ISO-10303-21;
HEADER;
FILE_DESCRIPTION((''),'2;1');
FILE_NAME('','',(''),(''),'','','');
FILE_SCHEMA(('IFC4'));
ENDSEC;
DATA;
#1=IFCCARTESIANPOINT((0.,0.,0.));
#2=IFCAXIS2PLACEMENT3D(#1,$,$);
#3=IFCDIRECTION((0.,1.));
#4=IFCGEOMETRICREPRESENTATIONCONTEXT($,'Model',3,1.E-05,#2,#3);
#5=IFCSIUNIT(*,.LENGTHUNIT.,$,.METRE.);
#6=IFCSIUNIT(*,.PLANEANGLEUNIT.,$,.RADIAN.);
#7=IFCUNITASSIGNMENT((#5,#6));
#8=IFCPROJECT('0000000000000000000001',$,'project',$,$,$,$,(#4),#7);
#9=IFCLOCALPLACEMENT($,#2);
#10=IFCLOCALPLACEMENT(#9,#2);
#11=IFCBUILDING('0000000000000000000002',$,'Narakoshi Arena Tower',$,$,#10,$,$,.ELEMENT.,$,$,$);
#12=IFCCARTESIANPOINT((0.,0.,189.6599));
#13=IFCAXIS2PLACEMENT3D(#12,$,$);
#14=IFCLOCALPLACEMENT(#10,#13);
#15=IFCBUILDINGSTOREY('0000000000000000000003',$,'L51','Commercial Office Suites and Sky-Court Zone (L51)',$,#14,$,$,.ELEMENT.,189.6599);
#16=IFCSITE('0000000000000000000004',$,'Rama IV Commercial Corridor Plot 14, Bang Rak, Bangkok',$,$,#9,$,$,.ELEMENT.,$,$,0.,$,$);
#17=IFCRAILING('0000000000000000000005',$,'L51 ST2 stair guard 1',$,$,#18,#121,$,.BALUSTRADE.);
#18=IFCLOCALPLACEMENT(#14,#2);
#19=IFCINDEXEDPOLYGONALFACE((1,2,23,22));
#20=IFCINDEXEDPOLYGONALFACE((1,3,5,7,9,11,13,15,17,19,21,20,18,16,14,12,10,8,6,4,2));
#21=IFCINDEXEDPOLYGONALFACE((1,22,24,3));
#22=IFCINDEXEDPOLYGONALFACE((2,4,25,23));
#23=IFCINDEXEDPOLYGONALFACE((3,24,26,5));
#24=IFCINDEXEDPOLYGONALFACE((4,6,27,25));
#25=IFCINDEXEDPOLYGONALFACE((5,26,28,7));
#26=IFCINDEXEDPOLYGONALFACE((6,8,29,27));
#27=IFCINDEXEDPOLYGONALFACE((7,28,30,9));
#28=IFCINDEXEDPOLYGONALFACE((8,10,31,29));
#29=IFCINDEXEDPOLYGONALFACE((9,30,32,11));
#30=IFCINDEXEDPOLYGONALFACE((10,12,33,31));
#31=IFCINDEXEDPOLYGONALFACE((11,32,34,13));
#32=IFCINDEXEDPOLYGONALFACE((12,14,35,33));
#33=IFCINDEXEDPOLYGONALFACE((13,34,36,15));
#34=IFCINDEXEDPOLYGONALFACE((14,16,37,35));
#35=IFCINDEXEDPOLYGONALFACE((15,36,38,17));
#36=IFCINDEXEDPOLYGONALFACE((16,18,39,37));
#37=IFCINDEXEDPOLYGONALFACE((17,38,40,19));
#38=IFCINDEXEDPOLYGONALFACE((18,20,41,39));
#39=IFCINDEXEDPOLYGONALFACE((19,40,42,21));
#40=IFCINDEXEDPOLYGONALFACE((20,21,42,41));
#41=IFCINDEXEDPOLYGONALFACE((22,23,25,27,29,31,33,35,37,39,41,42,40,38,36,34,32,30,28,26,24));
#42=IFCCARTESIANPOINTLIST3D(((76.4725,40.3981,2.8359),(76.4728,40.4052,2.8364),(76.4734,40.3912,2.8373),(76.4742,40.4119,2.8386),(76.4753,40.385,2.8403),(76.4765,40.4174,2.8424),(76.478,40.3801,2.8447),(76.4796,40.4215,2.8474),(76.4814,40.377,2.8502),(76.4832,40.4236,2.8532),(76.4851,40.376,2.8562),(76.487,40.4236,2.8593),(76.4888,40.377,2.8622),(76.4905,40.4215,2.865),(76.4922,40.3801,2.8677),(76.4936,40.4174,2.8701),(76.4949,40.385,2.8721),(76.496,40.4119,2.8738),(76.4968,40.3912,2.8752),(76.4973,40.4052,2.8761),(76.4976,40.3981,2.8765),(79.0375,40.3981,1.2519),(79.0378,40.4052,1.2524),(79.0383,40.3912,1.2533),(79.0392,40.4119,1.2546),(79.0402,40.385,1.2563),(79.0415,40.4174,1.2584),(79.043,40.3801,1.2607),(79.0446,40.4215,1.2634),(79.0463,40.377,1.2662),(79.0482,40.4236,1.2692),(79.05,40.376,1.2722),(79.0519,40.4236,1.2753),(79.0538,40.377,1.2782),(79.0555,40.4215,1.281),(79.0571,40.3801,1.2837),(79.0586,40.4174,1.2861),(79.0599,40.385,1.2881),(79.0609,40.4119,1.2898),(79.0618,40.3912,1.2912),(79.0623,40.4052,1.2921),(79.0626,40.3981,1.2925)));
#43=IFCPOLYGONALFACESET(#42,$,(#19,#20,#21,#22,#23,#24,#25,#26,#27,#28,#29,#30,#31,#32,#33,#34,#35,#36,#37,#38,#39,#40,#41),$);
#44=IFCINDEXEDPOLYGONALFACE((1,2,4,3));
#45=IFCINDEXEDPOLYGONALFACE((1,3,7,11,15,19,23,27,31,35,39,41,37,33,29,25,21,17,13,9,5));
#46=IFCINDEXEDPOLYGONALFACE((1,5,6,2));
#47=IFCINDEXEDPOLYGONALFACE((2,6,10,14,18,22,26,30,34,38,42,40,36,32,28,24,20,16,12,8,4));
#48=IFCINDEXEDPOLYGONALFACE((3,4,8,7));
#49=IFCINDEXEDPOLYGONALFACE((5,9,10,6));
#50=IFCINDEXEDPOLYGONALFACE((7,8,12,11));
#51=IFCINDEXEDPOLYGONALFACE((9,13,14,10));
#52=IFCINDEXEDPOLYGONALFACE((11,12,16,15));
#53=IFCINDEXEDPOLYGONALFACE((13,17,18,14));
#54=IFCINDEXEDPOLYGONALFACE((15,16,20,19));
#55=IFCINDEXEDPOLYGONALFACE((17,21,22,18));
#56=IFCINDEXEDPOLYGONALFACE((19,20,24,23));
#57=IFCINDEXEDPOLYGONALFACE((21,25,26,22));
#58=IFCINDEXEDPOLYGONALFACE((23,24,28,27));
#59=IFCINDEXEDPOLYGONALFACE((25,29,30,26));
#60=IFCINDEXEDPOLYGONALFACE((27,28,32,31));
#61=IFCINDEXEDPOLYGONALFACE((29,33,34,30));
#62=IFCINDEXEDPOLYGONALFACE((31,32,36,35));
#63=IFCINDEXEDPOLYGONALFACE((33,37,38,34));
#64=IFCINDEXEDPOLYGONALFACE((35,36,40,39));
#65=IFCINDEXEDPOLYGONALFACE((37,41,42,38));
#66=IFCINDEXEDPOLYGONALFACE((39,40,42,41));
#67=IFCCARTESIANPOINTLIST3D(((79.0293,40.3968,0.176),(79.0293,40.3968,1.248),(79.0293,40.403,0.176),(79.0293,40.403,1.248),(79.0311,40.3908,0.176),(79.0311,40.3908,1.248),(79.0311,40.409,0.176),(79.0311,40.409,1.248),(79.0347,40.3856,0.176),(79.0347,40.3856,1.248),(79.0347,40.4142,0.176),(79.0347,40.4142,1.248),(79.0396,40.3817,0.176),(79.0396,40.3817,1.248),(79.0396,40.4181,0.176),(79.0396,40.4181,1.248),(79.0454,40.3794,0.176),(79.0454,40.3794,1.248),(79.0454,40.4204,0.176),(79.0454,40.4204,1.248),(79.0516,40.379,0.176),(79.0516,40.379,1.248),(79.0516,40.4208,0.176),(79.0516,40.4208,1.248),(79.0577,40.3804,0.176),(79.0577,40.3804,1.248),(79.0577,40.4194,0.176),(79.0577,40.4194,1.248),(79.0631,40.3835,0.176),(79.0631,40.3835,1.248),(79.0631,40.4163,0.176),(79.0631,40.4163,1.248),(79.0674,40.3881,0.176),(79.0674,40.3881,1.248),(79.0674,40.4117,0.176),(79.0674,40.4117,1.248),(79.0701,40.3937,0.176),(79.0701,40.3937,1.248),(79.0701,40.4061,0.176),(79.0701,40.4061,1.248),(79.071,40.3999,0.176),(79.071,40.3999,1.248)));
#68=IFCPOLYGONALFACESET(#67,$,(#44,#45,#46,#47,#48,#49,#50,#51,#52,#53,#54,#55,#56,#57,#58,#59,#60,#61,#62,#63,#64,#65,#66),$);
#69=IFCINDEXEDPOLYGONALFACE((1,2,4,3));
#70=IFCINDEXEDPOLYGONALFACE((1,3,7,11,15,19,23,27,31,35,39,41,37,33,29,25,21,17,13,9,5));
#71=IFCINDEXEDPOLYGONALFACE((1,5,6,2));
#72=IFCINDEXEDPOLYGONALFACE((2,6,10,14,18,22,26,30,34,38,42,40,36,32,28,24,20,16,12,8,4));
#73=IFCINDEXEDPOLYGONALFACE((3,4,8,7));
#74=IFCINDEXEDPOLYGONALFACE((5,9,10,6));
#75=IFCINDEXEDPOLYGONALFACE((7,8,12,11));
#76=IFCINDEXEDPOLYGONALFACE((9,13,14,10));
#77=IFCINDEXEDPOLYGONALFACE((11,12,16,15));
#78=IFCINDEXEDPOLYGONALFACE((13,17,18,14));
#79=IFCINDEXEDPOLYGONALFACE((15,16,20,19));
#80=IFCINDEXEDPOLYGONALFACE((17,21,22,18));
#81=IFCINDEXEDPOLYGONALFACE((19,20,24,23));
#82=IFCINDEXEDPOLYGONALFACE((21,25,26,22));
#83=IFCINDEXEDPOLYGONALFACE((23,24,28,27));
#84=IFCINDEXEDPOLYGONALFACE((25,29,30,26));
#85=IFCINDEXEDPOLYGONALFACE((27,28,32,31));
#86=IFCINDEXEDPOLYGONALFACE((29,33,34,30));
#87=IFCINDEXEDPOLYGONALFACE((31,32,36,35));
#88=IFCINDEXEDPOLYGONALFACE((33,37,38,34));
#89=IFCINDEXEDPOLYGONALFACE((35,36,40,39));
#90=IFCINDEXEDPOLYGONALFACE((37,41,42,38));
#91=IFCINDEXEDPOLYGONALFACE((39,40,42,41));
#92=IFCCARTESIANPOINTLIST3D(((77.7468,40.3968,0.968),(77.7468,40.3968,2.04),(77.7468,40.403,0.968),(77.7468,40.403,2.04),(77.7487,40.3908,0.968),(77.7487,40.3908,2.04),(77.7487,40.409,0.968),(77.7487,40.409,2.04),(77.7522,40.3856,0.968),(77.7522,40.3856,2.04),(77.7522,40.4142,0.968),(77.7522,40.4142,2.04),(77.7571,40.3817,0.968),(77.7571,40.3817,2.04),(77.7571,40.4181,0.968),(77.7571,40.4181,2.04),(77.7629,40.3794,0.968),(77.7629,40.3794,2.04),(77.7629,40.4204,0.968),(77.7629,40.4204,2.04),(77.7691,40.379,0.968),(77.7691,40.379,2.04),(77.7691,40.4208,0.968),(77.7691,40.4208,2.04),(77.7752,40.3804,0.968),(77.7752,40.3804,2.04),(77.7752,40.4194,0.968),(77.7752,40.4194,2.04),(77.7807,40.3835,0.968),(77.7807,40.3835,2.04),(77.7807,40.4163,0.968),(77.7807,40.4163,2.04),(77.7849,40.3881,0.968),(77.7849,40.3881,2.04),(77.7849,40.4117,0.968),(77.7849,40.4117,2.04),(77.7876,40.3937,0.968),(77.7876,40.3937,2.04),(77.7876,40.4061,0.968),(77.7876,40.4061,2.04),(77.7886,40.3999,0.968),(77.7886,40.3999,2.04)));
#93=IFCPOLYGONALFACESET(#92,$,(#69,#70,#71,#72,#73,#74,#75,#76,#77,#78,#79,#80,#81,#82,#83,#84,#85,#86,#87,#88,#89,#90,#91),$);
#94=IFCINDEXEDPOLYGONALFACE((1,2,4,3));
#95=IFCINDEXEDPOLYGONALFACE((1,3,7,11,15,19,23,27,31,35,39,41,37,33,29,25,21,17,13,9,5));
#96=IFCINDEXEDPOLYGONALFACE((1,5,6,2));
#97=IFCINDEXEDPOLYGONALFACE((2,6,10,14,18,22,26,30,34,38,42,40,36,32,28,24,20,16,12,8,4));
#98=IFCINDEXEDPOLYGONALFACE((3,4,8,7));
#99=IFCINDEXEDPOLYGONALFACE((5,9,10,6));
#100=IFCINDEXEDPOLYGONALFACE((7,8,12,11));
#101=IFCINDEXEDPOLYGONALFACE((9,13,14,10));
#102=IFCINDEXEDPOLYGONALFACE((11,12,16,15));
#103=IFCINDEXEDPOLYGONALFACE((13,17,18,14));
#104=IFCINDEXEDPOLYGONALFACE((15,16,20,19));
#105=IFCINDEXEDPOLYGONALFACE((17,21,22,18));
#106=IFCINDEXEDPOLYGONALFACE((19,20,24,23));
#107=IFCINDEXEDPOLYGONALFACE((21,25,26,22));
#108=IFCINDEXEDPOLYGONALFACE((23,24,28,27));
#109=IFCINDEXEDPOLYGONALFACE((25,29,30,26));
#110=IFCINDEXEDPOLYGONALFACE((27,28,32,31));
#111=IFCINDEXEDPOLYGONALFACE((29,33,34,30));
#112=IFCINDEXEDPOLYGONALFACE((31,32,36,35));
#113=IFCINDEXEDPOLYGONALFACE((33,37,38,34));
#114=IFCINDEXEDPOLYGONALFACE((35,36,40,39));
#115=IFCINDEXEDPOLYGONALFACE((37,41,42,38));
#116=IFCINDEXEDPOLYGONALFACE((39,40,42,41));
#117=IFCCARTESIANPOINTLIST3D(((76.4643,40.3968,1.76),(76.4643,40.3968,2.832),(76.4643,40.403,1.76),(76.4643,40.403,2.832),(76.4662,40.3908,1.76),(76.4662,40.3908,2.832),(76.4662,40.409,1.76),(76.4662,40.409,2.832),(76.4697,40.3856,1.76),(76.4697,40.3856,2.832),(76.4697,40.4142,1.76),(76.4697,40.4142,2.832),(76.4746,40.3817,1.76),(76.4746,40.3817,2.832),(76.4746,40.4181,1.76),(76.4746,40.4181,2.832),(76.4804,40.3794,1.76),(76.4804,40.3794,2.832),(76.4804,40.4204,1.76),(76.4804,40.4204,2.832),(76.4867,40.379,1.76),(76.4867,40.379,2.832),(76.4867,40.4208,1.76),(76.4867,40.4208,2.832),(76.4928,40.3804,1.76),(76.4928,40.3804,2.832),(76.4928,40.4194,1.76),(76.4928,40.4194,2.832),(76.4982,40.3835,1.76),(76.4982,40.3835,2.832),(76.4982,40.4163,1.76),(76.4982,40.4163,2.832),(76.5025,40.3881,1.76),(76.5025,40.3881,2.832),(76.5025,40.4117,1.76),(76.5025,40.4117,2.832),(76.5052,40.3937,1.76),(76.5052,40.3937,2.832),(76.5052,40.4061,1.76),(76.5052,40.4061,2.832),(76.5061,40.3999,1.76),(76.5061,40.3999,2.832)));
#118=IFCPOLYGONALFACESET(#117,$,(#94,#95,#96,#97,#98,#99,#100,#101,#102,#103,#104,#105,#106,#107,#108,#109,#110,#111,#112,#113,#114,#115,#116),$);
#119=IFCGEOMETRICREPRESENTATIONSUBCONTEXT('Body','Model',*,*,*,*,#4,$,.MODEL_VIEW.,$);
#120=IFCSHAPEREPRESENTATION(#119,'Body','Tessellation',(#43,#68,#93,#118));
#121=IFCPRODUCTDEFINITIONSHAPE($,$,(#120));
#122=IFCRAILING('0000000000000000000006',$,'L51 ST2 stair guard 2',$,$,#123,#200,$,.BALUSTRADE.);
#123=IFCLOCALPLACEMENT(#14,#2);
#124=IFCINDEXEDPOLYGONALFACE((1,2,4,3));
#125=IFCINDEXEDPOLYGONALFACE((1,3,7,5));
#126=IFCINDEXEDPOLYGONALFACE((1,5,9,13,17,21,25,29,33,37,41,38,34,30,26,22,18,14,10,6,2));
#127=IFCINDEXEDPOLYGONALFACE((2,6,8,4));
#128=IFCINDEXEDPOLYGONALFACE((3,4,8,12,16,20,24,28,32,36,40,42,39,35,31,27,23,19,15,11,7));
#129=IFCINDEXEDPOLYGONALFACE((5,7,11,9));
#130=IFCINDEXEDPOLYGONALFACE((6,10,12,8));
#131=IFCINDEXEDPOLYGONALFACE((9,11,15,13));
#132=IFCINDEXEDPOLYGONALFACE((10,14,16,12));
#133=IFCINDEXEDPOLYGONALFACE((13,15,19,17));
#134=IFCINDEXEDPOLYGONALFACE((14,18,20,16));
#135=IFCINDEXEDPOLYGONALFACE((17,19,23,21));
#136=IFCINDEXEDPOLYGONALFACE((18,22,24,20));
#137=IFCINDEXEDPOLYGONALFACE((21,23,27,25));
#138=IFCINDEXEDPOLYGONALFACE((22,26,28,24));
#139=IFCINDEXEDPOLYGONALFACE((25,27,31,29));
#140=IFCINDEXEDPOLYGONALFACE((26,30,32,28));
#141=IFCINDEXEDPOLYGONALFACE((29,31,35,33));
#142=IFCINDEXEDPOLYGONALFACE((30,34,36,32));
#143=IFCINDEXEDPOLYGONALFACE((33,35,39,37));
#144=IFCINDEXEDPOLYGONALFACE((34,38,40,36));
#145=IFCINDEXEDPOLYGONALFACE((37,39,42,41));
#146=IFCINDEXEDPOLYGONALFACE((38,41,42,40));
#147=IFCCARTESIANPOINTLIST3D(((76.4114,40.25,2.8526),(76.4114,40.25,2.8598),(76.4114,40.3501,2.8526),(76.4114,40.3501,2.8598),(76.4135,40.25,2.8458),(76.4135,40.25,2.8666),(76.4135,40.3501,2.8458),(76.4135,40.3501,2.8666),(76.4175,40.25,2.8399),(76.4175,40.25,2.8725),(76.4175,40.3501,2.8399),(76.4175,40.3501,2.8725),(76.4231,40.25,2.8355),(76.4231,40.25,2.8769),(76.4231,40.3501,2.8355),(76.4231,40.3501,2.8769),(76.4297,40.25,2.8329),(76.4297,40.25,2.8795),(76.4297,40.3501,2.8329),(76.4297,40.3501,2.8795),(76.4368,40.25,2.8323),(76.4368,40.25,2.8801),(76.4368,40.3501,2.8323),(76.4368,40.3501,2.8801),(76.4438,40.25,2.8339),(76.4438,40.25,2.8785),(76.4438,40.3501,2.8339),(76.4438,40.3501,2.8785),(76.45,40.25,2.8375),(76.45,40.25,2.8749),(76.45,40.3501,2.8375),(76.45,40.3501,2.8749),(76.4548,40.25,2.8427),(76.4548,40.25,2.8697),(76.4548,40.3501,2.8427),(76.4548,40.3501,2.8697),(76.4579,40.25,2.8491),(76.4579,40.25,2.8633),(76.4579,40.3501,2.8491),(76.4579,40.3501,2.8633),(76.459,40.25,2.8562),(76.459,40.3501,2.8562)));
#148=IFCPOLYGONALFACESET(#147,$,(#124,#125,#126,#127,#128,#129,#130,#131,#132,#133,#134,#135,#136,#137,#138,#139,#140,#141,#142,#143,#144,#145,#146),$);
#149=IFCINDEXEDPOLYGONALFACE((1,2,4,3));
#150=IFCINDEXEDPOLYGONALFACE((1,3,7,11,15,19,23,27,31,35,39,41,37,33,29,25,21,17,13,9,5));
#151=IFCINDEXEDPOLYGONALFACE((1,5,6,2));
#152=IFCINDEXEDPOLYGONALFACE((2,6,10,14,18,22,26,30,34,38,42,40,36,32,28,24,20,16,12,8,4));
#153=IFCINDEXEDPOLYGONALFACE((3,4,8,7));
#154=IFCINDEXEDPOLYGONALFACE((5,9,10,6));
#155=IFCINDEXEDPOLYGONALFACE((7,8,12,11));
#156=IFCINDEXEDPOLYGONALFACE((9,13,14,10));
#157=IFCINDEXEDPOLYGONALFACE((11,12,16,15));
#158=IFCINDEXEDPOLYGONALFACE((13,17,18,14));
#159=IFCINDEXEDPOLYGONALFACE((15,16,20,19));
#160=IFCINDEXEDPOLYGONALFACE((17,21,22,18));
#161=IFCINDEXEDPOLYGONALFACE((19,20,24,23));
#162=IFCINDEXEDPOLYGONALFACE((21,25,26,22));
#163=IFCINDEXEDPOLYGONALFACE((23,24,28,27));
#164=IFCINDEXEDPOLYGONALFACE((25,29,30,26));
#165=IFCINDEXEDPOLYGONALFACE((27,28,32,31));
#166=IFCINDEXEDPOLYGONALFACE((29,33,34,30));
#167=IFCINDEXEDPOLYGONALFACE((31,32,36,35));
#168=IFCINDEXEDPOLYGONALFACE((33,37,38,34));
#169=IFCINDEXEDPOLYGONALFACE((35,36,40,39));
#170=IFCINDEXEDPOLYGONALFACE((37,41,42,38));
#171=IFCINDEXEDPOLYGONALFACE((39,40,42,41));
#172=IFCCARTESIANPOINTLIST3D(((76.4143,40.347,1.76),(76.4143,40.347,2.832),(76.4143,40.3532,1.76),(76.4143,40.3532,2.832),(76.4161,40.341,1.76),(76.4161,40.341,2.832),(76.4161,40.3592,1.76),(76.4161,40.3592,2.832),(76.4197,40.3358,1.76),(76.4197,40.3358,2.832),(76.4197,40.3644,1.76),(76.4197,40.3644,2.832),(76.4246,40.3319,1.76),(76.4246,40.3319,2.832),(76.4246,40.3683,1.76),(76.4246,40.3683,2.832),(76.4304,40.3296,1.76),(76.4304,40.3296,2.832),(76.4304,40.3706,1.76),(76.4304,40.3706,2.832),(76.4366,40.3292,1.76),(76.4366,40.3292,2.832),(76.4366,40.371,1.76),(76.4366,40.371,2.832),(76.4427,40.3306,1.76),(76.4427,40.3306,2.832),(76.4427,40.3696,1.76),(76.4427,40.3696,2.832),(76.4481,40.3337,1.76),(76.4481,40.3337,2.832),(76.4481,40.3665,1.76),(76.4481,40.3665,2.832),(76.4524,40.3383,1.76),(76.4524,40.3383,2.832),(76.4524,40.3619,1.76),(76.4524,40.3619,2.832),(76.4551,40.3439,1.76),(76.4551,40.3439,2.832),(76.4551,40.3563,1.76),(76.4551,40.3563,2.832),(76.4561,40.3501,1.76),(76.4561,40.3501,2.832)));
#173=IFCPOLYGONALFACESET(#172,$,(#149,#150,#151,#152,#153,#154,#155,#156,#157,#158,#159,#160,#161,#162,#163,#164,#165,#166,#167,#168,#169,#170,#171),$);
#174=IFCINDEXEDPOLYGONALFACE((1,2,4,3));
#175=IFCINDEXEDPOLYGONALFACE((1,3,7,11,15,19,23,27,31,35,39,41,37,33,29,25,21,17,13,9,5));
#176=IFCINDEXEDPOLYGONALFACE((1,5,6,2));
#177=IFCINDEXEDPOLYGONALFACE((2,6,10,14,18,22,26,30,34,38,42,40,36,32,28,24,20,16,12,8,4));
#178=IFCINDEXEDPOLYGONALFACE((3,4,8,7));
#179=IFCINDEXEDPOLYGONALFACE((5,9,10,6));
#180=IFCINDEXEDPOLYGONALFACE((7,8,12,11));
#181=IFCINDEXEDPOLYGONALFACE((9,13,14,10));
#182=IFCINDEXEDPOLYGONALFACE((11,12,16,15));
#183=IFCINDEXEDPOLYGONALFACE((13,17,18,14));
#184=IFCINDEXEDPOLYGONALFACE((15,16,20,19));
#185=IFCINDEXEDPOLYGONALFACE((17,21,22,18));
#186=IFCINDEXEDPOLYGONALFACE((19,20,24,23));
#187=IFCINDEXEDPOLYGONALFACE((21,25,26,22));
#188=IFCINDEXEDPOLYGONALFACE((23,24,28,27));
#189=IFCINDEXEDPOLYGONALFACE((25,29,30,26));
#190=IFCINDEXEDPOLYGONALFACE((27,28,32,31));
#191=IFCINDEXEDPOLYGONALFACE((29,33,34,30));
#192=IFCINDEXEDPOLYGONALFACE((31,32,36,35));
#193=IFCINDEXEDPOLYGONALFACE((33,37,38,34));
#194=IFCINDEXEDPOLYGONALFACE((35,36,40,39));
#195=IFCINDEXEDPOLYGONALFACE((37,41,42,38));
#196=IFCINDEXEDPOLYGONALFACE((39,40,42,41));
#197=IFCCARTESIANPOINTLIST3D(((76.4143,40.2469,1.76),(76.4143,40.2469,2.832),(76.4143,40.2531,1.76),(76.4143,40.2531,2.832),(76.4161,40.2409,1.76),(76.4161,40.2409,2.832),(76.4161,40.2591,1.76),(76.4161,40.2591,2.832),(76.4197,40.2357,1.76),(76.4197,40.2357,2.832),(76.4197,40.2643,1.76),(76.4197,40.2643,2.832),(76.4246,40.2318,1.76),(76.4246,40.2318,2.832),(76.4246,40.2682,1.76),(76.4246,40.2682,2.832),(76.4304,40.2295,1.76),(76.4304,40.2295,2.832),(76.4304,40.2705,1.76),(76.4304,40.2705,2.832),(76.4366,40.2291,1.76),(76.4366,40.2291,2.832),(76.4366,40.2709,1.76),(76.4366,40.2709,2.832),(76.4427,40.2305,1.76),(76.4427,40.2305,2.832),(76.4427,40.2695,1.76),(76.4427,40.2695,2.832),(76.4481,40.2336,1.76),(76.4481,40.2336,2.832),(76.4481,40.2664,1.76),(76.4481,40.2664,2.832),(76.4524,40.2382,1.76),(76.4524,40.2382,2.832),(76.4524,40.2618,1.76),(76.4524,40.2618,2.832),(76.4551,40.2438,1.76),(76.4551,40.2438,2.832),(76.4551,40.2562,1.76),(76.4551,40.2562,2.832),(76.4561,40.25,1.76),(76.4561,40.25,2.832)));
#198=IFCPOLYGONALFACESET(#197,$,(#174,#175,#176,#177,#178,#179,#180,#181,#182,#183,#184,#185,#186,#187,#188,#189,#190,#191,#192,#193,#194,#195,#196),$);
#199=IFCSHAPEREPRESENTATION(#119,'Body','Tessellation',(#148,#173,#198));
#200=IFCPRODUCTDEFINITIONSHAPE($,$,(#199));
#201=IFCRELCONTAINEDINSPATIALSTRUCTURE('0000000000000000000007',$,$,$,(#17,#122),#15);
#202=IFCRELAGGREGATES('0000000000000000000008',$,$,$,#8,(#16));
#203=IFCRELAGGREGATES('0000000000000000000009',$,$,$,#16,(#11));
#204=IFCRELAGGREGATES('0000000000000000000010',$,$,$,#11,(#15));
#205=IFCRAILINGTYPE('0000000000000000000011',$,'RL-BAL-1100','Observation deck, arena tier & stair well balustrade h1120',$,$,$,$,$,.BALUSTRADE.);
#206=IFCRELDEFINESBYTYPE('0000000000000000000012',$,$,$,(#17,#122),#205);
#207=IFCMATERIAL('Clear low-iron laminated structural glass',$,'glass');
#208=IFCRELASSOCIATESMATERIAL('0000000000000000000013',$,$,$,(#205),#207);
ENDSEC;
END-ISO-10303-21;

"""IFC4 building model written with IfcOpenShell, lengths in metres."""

from ifc_helpers import new_model, si_unit, direction, frame, origin, origin_2d, place, context, subcontext, project, spatial, circle, extrude, material, type_object, element, save


model = new_model("IFC4")

# Units and contexts
model_context = context("Model", 3, precision=1e-05, world=origin(), true_north=direction((0.0, 1.0)))
body_context = subcontext(model_context, "Body", "Model", "MODEL_VIEW")
ifc_project = project(units=[si_unit("LENGTHUNIT", "METRE"), si_unit("PLANEANGLEUNIT", "RADIAN")], contexts=[model_context])

# Site, building, storey
site_placement = place(None, origin())
site = spatial("IfcSite", under=ifc_project, at=site_placement, Name="Rama IV Commercial Corridor Plot 14, Bang Rak, Bangkok", CompositionType="ELEMENT", RefElevation=0.0)
building_placement = place(site_placement, origin())
building = spatial("IfcBuilding", under=site, at=building_placement, Name="Narakoshi Arena Tower", CompositionType="ELEMENT")
storey_placement = place(building_placement, frame((0.0, 0.0, 189.6599)))
storey = spatial("IfcBuildingStorey", under=building, at=storey_placement, Name="L51", Description="Commercial Office Suites and Sky-Court Zone (L51)", CompositionType="ELEMENT", Elevation=189.6599)

# Railings
ifc_material_1 = material(Name="Clear low-iron laminated structural glass", Category="glass")
railing_type_1 = type_object("IfcRailingType", Name="RL-BAL-1100", Description="Observation deck, arena tier & stair well balustrade h1120", PredefinedType="BALUSTRADE", material=ifc_material_1)
railing_1_placement = place(storey_placement, frame((79.05, 40.3999, 0.176)))
element("IfcRailing", 1, at=railing_1_placement, inside=storey, type_object=railing_type_1, Name="L51 ST2 stair guard 1", PredefinedType="BALUSTRADE", context=body_context, shape_type="SweptSolid", body=[
    extrude(circle(Radius=0.0239, at=origin_2d()), frame((0.0, 0.0, 1.0962), z_axis=(-0.850834, 0.0, 0.525434), x_axis=(0.0, -1.0, 0.0)), (0.0, 0.0, 1.0), 3.0146),
    extrude(circle(Radius=0.021, at=origin_2d()), origin(), (0.0, 0.0, 1.0), 1.072),
    extrude(circle(Radius=0.021, at=origin_2d()), frame((-1.2825, 0.0, 0.792)), (0.0, 0.0, 1.0), 1.072),
    extrude(circle(Radius=0.021, at=origin_2d()), frame((-2.5649, 0.0, 1.584)), (0.0, 0.0, 1.0), 1.072),
])
railing_2_placement = place(storey_placement, frame((76.4351, 40.3501, 1.76)))
element("IfcRailing", 2, at=railing_2_placement, inside=storey, type_object=railing_type_1, Name="L51 ST2 stair guard 2", PredefinedType="BALUSTRADE", context=body_context, shape_type="SweptSolid", body=[
    extrude(circle(Radius=0.0239, at=origin_2d()), frame((0.0, 0.0, 1.0962), z_axis=(0.0, -1.0, 0.0), x_axis=(1.0, 0.0, 0.0)), (0.0, 0.0, 1.0), 0.1001),
    extrude(circle(Radius=0.021, at=origin_2d()), origin(), (0.0, 0.0, 1.0), 1.072),
    extrude(circle(Radius=0.021, at=origin_2d()), frame((0.0, -0.1001, 0.0)), (0.0, 0.0, 1.0), 1.072),
])

save(model, "model.ifc")
